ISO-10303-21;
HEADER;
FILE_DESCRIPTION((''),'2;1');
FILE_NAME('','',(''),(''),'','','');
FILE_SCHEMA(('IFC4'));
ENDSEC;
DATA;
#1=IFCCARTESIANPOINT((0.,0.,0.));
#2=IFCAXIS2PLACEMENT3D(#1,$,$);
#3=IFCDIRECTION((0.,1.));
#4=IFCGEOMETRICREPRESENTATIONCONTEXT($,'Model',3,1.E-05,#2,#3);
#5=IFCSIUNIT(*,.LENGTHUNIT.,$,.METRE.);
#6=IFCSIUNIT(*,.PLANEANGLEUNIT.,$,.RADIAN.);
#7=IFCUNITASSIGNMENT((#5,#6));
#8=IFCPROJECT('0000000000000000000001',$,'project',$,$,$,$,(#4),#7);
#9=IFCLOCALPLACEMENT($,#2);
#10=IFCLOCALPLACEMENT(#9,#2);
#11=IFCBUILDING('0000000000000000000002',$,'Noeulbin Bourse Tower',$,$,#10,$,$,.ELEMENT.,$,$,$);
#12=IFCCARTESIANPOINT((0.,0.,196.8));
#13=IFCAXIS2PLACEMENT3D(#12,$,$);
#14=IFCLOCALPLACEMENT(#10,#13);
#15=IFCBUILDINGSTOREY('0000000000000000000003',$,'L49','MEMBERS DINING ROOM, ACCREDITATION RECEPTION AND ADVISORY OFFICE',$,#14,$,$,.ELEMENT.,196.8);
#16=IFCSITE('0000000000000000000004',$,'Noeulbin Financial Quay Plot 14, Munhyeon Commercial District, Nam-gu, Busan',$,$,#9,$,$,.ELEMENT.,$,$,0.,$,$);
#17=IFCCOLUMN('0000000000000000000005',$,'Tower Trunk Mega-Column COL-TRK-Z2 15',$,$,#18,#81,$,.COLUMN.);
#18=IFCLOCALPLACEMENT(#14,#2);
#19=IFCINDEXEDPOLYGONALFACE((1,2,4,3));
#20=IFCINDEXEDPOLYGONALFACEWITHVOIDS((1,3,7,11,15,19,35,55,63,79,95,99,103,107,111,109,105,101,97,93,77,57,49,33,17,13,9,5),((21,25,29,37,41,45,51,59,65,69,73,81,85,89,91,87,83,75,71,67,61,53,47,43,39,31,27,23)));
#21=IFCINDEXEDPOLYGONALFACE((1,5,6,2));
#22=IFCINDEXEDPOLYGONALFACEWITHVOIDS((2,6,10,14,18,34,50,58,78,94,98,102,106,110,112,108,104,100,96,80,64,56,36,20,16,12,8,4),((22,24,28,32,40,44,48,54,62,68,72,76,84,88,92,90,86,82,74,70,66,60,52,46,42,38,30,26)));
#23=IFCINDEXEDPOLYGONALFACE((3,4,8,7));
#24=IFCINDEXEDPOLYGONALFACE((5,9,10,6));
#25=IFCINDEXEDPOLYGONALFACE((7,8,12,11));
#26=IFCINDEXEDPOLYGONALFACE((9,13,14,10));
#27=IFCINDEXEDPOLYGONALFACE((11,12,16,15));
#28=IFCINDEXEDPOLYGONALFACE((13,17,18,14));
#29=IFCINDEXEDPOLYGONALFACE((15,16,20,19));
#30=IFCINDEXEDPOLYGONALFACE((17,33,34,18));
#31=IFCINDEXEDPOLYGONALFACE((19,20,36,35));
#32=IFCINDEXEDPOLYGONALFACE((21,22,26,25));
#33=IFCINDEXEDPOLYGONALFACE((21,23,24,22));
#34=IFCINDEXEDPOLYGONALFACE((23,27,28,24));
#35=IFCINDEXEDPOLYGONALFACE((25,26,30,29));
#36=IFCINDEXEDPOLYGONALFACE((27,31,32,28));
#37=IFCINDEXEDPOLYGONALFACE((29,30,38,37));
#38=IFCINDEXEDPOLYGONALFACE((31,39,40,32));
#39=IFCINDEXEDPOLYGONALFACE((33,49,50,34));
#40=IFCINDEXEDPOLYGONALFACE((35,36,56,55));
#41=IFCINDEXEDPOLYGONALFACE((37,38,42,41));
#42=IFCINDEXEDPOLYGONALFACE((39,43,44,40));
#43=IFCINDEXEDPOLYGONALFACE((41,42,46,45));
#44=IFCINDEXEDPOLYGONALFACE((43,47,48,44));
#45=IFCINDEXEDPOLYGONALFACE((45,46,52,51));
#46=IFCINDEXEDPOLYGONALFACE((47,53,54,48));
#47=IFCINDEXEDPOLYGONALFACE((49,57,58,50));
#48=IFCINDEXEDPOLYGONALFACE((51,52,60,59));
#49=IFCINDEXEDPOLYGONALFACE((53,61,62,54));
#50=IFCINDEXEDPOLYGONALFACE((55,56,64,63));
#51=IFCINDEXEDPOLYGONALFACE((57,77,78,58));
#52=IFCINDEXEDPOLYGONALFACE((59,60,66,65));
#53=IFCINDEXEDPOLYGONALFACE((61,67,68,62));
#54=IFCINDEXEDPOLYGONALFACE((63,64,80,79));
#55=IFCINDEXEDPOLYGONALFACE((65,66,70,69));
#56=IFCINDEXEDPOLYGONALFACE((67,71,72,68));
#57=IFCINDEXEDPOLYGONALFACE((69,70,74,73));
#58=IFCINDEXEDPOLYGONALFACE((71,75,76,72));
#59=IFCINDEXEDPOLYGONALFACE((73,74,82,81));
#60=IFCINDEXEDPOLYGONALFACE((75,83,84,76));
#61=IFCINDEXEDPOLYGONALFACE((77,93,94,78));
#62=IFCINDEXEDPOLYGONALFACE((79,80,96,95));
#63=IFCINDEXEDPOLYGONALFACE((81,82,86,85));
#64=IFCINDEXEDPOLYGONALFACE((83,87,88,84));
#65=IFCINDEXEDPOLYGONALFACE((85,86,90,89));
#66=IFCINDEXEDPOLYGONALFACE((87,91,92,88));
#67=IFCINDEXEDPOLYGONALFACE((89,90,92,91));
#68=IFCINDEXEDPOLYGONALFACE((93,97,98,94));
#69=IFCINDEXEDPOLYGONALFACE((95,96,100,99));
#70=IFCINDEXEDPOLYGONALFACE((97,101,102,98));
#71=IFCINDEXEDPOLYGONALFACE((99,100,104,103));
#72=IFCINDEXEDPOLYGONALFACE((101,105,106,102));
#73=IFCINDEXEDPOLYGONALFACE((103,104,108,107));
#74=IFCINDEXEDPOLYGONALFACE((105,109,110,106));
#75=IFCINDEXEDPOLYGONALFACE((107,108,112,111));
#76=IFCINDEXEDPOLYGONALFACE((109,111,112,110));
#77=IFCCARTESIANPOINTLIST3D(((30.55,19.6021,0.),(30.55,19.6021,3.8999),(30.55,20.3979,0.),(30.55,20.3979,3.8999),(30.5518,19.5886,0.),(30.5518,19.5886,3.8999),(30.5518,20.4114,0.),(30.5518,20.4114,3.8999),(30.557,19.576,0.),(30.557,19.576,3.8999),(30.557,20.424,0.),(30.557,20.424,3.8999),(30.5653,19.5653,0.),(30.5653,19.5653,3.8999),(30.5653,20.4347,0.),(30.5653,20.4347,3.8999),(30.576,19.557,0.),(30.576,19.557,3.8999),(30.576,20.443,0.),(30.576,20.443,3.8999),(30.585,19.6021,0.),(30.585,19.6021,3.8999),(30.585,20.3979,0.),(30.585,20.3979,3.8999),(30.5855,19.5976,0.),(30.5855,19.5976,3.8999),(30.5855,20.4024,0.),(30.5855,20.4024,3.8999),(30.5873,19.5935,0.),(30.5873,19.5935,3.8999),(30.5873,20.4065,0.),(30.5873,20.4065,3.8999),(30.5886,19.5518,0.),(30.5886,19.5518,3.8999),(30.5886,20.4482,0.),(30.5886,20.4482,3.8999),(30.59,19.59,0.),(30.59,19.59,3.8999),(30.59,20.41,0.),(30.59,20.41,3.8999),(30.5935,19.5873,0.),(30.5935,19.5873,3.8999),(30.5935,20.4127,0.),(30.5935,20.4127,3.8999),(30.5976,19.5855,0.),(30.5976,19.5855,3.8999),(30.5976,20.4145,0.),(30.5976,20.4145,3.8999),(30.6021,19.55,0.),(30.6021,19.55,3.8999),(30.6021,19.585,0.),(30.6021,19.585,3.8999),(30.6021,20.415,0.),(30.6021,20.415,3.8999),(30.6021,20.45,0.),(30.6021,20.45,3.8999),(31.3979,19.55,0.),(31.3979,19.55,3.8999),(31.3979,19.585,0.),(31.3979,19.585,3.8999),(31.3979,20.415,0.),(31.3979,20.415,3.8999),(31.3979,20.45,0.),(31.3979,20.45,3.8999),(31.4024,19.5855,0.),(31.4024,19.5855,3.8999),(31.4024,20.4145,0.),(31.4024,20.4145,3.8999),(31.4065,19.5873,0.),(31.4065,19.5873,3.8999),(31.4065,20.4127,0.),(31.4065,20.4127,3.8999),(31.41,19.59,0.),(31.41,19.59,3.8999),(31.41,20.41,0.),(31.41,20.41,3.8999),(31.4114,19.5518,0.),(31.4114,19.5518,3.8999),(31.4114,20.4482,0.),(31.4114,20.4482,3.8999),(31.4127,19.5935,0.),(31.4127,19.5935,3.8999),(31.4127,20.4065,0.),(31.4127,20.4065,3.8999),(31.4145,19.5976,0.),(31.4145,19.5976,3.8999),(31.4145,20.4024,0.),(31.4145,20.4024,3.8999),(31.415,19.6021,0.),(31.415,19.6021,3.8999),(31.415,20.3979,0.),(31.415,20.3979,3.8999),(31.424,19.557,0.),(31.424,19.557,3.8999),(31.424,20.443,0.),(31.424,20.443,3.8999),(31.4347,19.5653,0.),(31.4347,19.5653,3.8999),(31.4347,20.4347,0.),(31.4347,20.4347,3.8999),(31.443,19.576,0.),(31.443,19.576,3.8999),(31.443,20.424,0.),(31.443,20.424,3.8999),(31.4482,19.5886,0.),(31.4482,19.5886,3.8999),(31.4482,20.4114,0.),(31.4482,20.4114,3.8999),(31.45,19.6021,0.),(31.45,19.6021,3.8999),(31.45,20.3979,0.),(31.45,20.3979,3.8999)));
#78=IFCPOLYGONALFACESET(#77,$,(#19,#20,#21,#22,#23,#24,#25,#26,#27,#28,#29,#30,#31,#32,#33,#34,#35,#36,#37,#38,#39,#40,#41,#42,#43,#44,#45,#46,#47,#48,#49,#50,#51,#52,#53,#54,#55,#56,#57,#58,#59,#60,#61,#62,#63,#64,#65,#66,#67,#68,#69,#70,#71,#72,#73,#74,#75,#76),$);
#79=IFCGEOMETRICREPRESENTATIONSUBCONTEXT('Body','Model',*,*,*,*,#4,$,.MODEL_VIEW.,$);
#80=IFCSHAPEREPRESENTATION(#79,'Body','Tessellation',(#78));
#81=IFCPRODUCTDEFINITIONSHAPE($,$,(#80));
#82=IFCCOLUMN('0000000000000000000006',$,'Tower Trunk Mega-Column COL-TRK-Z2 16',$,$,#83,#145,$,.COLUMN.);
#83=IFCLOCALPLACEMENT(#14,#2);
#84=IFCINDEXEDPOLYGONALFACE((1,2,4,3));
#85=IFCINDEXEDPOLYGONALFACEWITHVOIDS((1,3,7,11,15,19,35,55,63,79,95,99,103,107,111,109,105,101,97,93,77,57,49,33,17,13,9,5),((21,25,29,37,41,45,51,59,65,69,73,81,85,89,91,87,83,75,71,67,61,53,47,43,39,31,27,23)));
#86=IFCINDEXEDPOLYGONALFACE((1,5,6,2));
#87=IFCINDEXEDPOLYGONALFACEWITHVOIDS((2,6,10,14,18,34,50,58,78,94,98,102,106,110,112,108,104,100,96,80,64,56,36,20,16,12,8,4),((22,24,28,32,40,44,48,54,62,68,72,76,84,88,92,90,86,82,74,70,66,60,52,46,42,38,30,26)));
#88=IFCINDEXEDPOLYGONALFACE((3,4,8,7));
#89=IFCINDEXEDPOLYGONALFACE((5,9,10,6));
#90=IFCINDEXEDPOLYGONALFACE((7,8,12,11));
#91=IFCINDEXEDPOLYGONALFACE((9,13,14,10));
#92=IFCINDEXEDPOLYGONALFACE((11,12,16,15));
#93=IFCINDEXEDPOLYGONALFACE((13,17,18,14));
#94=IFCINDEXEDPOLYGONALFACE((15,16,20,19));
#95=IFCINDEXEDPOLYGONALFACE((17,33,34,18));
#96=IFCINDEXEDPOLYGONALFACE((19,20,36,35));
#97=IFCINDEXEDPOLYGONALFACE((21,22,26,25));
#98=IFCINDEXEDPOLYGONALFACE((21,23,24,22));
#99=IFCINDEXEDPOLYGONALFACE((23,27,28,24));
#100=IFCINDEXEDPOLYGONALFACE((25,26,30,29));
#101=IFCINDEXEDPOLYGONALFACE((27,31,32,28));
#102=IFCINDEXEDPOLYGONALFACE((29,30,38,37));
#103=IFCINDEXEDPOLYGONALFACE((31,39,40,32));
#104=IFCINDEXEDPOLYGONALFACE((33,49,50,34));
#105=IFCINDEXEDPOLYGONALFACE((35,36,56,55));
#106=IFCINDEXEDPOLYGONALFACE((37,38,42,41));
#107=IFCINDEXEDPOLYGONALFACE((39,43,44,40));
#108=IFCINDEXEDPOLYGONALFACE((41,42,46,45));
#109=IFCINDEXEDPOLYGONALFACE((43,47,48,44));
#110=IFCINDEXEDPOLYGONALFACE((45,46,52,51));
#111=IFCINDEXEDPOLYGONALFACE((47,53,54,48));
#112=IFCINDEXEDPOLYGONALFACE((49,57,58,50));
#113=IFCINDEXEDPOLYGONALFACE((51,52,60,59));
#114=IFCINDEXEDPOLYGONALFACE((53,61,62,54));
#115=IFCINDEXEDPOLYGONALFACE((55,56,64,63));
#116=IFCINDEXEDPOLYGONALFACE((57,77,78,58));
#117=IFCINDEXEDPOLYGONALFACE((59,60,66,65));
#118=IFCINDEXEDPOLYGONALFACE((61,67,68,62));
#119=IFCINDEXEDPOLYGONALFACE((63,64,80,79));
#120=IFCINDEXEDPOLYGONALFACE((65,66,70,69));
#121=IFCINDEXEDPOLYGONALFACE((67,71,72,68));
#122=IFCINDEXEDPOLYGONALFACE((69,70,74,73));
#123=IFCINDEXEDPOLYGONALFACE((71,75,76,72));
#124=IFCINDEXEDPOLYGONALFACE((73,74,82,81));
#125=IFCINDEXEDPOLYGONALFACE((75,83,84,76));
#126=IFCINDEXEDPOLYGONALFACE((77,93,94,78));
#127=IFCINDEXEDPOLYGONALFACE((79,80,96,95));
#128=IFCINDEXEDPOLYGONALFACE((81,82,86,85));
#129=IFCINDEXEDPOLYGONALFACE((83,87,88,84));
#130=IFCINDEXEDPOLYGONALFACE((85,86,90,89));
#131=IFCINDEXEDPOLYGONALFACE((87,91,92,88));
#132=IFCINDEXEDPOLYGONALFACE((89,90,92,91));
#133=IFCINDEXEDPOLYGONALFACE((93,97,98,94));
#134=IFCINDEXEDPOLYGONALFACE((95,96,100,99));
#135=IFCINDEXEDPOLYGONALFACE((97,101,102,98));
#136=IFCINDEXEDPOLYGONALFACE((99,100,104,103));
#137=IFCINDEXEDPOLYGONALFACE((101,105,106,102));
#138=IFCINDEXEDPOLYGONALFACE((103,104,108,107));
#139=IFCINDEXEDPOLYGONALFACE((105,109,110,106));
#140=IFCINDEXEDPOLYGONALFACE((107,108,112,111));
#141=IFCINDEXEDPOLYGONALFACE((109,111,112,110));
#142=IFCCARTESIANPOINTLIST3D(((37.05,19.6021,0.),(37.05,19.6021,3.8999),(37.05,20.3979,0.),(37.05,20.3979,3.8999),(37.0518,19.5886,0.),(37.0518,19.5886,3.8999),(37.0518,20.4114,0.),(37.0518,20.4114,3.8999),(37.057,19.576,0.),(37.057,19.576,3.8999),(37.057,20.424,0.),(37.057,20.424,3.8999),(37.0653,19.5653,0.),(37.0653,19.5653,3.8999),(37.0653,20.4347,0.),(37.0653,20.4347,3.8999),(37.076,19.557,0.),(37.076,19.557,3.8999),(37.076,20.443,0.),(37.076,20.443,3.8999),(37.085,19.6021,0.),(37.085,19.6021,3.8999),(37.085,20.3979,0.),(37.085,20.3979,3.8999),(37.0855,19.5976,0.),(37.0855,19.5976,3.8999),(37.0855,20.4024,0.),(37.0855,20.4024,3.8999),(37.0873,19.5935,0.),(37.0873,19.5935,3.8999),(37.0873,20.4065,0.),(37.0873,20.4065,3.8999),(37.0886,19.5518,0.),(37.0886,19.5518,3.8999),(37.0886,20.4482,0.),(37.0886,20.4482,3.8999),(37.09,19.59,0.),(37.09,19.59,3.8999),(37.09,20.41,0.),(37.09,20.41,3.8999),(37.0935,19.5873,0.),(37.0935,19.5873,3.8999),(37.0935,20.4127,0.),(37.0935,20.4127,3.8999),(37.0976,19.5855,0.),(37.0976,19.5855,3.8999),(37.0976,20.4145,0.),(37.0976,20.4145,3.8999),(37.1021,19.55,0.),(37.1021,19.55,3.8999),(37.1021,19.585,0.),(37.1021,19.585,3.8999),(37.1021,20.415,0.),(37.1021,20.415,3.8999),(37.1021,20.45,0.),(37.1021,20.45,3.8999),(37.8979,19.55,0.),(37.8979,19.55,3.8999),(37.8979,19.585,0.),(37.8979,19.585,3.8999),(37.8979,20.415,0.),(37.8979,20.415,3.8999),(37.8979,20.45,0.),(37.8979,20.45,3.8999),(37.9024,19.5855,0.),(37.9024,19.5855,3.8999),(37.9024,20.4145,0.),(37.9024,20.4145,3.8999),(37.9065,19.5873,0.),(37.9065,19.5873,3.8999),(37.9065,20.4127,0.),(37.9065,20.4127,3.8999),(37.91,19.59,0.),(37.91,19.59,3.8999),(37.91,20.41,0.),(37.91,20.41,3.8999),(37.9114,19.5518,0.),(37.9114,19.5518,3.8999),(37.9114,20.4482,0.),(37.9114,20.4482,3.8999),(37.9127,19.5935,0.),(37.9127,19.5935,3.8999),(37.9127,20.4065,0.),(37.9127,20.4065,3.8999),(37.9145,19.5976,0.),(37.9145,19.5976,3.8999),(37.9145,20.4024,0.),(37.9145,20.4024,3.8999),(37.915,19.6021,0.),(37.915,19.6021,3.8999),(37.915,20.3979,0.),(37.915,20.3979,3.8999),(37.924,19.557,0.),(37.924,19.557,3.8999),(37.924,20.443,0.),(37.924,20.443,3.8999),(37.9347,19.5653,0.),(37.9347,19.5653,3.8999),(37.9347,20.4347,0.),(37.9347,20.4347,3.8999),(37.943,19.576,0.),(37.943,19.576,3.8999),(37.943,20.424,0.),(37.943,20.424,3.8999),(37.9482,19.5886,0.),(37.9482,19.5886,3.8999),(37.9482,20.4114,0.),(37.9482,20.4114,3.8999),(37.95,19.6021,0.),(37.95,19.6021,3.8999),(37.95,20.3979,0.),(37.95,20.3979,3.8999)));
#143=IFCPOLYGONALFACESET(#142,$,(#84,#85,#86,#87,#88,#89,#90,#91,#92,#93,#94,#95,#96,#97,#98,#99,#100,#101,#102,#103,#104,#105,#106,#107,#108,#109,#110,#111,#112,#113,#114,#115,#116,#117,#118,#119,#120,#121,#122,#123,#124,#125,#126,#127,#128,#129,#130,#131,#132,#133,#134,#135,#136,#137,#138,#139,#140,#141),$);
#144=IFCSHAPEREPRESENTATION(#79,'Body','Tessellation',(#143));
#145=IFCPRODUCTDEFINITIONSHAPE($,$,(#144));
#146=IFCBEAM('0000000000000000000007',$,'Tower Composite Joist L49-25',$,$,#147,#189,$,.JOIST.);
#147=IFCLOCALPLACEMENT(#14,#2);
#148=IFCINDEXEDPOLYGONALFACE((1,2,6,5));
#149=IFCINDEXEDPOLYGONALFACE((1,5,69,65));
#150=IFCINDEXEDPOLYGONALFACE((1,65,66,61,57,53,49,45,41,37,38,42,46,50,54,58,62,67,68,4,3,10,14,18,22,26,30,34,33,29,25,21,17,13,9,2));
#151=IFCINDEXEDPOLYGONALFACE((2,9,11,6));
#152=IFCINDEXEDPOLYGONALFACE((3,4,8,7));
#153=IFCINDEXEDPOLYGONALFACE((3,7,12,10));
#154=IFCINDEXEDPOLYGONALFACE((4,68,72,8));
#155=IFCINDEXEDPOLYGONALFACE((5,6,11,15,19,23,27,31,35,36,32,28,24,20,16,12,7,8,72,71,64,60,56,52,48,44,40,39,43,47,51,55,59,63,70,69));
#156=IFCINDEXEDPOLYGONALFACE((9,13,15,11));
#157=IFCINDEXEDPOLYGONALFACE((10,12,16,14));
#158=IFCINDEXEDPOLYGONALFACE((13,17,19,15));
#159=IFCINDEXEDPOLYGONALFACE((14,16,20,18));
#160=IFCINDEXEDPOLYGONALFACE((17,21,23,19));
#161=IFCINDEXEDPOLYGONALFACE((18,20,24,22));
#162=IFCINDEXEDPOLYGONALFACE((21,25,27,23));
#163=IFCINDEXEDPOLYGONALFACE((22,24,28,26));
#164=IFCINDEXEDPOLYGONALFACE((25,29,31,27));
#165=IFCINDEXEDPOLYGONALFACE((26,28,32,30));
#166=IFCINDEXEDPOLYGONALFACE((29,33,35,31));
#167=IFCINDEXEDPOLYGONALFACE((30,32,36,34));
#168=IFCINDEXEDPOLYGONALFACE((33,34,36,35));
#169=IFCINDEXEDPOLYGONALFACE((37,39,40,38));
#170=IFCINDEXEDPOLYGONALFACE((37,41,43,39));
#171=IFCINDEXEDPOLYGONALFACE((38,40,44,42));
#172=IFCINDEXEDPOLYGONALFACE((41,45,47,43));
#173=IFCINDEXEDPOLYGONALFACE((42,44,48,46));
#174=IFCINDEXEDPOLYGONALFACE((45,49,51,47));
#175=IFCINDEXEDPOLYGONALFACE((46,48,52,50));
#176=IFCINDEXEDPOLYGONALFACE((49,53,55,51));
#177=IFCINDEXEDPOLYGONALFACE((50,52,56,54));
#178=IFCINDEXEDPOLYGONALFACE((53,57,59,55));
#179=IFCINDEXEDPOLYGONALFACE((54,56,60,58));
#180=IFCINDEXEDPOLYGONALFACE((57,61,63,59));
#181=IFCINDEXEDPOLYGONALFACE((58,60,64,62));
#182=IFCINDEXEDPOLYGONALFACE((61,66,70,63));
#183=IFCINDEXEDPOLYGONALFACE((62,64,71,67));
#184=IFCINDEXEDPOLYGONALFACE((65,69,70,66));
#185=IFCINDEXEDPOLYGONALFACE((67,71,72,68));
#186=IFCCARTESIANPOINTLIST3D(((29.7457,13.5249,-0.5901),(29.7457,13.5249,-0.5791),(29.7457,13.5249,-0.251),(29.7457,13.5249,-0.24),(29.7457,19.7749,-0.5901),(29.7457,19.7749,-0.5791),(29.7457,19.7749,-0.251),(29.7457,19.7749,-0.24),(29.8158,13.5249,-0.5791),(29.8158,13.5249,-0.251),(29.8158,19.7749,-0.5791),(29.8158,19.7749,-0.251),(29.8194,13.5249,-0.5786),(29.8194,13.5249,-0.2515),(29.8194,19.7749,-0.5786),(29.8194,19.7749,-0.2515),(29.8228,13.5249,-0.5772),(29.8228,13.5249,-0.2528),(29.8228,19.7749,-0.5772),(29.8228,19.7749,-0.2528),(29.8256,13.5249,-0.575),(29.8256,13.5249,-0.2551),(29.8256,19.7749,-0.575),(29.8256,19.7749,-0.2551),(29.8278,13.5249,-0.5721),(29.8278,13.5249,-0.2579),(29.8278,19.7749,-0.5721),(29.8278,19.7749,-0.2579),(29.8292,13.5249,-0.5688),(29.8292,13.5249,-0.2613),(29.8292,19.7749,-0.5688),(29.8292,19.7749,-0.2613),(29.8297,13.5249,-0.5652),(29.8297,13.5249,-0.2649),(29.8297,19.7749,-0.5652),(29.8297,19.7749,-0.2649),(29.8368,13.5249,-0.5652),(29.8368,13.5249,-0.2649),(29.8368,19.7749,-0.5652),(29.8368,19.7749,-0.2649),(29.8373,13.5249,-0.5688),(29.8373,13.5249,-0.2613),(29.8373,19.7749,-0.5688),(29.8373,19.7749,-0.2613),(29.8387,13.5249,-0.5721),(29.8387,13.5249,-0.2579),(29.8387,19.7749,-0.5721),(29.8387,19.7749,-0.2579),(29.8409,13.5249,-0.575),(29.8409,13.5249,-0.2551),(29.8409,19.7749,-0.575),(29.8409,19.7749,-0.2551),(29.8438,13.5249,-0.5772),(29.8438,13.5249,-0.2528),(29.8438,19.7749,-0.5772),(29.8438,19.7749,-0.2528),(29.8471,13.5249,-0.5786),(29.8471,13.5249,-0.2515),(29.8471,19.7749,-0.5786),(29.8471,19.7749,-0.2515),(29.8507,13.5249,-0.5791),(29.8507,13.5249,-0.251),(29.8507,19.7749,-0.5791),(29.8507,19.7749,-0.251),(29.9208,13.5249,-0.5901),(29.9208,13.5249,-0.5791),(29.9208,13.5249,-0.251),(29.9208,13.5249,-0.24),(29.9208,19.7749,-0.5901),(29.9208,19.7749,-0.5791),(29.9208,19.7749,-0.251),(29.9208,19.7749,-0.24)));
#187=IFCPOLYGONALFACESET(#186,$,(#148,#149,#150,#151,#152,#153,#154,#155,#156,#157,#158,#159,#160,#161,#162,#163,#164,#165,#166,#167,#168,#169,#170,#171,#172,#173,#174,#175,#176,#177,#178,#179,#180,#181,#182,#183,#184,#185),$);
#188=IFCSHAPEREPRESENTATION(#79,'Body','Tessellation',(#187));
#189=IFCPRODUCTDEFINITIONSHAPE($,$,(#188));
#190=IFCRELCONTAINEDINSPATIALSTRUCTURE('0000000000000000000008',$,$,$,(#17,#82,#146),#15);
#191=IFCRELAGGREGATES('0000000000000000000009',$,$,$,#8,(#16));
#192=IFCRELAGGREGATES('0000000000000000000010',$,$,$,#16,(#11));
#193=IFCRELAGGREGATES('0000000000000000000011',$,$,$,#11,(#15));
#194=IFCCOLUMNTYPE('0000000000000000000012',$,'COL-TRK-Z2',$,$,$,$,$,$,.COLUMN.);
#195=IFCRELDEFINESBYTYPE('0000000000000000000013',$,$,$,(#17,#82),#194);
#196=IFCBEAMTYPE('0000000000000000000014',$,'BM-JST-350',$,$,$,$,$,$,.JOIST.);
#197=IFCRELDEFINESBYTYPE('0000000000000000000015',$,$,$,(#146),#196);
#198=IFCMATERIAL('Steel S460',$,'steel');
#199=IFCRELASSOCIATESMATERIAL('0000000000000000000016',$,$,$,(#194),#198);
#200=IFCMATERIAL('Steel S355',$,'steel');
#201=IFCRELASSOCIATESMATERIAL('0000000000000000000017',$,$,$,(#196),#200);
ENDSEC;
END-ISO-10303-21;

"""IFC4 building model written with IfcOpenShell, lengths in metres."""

from ifc_helpers import new_model, si_unit, direction, frame, origin, origin_2d, place, context, subcontext, project, spatial, hollow_rectangle, i_section, extrude, material, material_profile, profile_set, type_object, element, save


model = new_model("IFC4")

# Units and contexts
model_context = context("Model", 3, precision=1e-05, world=origin(), true_north=direction((0.0, 1.0)))
body_context = subcontext(model_context, "Body", "Model", "MODEL_VIEW")
ifc_project = project(units=[si_unit("LENGTHUNIT", "METRE"), si_unit("PLANEANGLEUNIT", "RADIAN")], contexts=[model_context])

# Site, building, storey
site_placement = place(None, origin())
site = spatial("IfcSite", under=ifc_project, at=site_placement, Name="Noeulbin Financial Quay Plot 14, Munhyeon Commercial District, Nam-gu, Busan", CompositionType="ELEMENT", RefElevation=0.0)
building_placement = place(site_placement, origin())
building = spatial("IfcBuilding", under=site, at=building_placement, Name="Noeulbin Bourse Tower", CompositionType="ELEMENT")
storey_placement = place(building_placement, frame((0.0, 0.0, 196.8)))
storey = spatial("IfcBuildingStorey", under=building, at=storey_placement, Name="L49", Description="MEMBERS DINING ROOM, ACCREDITATION RECEPTION AND ADVISORY OFFICE", CompositionType="ELEMENT", Elevation=196.8)

# Columns
ifc_material_1 = material(Name="Steel S460", Category="steel")
ifc_material_profile_1 = material_profile(ifc_material_1, hollow_rectangle(XDim=0.8999, YDim=0.8999, WallThickness=0.0349, InnerFilletRadius=0.0171, OuterFilletRadius=0.052, at=origin_2d()), Name="BOX-900x900x35", Category="LoadBearing")
ifc_profile_set_1 = profile_set([ifc_material_profile_1], Name="Steel S460")
column_type = type_object("IfcColumnType", Name="COL-TRK-Z2", PredefinedType="COLUMN", material=ifc_profile_set_1)
for number, where, z_axis, x_axis, name in (
    (1, (31.0, 20.0, 0.0), (0.0, 0.0, 1.0), (1.0, 0.0, 0.0), "Tower Trunk Mega-Column COL-TRK-Z2 15"),
    (2, (37.5, 20.0, 0.0), (0.0, 0.0, 1.0), (1.0, 0.0, 0.0), "Tower Trunk Mega-Column COL-TRK-Z2 16"),
):
    element("IfcColumn", number, at=place(storey_placement, frame(where, z_axis=z_axis, x_axis=x_axis)), inside=storey, type_object=column_type, Name=name, PredefinedType="COLUMN", context=body_context, shape_type="SweptSolid", body=[
        extrude(hollow_rectangle(XDim=0.8999, YDim=0.8999, WallThickness=0.0349, InnerFilletRadius=0.0171, OuterFilletRadius=0.052, at=origin_2d()), origin(), (0.0, 0.0, 1.0), 3.8999),
    ])

# Beam
ifc_material_2 = material(Name="Steel S355", Category="steel")
ifc_material_profile_2 = material_profile(ifc_material_2, i_section(OverallWidth=0.175, OverallDepth=0.3501, WebThickness=0.0071, FlangeThickness=0.011, FilletRadius=0.0139, at=origin_2d()), Name="H-350x175x7x11", Category="LoadBearing")
ifc_profile_set_2 = profile_set([ifc_material_profile_2], Name="Steel S355")
beam_type_1 = type_object("IfcBeamType", Name="BM-JST-350", PredefinedType="JOIST", material=ifc_profile_set_2)
beam_1_placement = place(storey_placement, frame((29.8333, 13.5249, -0.415), z_axis=(0.0, 1.0, 0.0), x_axis=(-1.0, 0.0, 0.0)))
element("IfcBeam", 3, at=beam_1_placement, inside=storey, type_object=beam_type_1, Name="Tower Composite Joist L49-25", PredefinedType="JOIST", context=body_context, shape_type="SweptSolid", body=[
    extrude(i_section(OverallWidth=0.175, OverallDepth=0.3501, WebThickness=0.0071, FlangeThickness=0.011, FilletRadius=0.0139, at=origin_2d()), origin(), (0.0, 0.0, 1.0), 6.25),
])

save(model, "model.ifc")
